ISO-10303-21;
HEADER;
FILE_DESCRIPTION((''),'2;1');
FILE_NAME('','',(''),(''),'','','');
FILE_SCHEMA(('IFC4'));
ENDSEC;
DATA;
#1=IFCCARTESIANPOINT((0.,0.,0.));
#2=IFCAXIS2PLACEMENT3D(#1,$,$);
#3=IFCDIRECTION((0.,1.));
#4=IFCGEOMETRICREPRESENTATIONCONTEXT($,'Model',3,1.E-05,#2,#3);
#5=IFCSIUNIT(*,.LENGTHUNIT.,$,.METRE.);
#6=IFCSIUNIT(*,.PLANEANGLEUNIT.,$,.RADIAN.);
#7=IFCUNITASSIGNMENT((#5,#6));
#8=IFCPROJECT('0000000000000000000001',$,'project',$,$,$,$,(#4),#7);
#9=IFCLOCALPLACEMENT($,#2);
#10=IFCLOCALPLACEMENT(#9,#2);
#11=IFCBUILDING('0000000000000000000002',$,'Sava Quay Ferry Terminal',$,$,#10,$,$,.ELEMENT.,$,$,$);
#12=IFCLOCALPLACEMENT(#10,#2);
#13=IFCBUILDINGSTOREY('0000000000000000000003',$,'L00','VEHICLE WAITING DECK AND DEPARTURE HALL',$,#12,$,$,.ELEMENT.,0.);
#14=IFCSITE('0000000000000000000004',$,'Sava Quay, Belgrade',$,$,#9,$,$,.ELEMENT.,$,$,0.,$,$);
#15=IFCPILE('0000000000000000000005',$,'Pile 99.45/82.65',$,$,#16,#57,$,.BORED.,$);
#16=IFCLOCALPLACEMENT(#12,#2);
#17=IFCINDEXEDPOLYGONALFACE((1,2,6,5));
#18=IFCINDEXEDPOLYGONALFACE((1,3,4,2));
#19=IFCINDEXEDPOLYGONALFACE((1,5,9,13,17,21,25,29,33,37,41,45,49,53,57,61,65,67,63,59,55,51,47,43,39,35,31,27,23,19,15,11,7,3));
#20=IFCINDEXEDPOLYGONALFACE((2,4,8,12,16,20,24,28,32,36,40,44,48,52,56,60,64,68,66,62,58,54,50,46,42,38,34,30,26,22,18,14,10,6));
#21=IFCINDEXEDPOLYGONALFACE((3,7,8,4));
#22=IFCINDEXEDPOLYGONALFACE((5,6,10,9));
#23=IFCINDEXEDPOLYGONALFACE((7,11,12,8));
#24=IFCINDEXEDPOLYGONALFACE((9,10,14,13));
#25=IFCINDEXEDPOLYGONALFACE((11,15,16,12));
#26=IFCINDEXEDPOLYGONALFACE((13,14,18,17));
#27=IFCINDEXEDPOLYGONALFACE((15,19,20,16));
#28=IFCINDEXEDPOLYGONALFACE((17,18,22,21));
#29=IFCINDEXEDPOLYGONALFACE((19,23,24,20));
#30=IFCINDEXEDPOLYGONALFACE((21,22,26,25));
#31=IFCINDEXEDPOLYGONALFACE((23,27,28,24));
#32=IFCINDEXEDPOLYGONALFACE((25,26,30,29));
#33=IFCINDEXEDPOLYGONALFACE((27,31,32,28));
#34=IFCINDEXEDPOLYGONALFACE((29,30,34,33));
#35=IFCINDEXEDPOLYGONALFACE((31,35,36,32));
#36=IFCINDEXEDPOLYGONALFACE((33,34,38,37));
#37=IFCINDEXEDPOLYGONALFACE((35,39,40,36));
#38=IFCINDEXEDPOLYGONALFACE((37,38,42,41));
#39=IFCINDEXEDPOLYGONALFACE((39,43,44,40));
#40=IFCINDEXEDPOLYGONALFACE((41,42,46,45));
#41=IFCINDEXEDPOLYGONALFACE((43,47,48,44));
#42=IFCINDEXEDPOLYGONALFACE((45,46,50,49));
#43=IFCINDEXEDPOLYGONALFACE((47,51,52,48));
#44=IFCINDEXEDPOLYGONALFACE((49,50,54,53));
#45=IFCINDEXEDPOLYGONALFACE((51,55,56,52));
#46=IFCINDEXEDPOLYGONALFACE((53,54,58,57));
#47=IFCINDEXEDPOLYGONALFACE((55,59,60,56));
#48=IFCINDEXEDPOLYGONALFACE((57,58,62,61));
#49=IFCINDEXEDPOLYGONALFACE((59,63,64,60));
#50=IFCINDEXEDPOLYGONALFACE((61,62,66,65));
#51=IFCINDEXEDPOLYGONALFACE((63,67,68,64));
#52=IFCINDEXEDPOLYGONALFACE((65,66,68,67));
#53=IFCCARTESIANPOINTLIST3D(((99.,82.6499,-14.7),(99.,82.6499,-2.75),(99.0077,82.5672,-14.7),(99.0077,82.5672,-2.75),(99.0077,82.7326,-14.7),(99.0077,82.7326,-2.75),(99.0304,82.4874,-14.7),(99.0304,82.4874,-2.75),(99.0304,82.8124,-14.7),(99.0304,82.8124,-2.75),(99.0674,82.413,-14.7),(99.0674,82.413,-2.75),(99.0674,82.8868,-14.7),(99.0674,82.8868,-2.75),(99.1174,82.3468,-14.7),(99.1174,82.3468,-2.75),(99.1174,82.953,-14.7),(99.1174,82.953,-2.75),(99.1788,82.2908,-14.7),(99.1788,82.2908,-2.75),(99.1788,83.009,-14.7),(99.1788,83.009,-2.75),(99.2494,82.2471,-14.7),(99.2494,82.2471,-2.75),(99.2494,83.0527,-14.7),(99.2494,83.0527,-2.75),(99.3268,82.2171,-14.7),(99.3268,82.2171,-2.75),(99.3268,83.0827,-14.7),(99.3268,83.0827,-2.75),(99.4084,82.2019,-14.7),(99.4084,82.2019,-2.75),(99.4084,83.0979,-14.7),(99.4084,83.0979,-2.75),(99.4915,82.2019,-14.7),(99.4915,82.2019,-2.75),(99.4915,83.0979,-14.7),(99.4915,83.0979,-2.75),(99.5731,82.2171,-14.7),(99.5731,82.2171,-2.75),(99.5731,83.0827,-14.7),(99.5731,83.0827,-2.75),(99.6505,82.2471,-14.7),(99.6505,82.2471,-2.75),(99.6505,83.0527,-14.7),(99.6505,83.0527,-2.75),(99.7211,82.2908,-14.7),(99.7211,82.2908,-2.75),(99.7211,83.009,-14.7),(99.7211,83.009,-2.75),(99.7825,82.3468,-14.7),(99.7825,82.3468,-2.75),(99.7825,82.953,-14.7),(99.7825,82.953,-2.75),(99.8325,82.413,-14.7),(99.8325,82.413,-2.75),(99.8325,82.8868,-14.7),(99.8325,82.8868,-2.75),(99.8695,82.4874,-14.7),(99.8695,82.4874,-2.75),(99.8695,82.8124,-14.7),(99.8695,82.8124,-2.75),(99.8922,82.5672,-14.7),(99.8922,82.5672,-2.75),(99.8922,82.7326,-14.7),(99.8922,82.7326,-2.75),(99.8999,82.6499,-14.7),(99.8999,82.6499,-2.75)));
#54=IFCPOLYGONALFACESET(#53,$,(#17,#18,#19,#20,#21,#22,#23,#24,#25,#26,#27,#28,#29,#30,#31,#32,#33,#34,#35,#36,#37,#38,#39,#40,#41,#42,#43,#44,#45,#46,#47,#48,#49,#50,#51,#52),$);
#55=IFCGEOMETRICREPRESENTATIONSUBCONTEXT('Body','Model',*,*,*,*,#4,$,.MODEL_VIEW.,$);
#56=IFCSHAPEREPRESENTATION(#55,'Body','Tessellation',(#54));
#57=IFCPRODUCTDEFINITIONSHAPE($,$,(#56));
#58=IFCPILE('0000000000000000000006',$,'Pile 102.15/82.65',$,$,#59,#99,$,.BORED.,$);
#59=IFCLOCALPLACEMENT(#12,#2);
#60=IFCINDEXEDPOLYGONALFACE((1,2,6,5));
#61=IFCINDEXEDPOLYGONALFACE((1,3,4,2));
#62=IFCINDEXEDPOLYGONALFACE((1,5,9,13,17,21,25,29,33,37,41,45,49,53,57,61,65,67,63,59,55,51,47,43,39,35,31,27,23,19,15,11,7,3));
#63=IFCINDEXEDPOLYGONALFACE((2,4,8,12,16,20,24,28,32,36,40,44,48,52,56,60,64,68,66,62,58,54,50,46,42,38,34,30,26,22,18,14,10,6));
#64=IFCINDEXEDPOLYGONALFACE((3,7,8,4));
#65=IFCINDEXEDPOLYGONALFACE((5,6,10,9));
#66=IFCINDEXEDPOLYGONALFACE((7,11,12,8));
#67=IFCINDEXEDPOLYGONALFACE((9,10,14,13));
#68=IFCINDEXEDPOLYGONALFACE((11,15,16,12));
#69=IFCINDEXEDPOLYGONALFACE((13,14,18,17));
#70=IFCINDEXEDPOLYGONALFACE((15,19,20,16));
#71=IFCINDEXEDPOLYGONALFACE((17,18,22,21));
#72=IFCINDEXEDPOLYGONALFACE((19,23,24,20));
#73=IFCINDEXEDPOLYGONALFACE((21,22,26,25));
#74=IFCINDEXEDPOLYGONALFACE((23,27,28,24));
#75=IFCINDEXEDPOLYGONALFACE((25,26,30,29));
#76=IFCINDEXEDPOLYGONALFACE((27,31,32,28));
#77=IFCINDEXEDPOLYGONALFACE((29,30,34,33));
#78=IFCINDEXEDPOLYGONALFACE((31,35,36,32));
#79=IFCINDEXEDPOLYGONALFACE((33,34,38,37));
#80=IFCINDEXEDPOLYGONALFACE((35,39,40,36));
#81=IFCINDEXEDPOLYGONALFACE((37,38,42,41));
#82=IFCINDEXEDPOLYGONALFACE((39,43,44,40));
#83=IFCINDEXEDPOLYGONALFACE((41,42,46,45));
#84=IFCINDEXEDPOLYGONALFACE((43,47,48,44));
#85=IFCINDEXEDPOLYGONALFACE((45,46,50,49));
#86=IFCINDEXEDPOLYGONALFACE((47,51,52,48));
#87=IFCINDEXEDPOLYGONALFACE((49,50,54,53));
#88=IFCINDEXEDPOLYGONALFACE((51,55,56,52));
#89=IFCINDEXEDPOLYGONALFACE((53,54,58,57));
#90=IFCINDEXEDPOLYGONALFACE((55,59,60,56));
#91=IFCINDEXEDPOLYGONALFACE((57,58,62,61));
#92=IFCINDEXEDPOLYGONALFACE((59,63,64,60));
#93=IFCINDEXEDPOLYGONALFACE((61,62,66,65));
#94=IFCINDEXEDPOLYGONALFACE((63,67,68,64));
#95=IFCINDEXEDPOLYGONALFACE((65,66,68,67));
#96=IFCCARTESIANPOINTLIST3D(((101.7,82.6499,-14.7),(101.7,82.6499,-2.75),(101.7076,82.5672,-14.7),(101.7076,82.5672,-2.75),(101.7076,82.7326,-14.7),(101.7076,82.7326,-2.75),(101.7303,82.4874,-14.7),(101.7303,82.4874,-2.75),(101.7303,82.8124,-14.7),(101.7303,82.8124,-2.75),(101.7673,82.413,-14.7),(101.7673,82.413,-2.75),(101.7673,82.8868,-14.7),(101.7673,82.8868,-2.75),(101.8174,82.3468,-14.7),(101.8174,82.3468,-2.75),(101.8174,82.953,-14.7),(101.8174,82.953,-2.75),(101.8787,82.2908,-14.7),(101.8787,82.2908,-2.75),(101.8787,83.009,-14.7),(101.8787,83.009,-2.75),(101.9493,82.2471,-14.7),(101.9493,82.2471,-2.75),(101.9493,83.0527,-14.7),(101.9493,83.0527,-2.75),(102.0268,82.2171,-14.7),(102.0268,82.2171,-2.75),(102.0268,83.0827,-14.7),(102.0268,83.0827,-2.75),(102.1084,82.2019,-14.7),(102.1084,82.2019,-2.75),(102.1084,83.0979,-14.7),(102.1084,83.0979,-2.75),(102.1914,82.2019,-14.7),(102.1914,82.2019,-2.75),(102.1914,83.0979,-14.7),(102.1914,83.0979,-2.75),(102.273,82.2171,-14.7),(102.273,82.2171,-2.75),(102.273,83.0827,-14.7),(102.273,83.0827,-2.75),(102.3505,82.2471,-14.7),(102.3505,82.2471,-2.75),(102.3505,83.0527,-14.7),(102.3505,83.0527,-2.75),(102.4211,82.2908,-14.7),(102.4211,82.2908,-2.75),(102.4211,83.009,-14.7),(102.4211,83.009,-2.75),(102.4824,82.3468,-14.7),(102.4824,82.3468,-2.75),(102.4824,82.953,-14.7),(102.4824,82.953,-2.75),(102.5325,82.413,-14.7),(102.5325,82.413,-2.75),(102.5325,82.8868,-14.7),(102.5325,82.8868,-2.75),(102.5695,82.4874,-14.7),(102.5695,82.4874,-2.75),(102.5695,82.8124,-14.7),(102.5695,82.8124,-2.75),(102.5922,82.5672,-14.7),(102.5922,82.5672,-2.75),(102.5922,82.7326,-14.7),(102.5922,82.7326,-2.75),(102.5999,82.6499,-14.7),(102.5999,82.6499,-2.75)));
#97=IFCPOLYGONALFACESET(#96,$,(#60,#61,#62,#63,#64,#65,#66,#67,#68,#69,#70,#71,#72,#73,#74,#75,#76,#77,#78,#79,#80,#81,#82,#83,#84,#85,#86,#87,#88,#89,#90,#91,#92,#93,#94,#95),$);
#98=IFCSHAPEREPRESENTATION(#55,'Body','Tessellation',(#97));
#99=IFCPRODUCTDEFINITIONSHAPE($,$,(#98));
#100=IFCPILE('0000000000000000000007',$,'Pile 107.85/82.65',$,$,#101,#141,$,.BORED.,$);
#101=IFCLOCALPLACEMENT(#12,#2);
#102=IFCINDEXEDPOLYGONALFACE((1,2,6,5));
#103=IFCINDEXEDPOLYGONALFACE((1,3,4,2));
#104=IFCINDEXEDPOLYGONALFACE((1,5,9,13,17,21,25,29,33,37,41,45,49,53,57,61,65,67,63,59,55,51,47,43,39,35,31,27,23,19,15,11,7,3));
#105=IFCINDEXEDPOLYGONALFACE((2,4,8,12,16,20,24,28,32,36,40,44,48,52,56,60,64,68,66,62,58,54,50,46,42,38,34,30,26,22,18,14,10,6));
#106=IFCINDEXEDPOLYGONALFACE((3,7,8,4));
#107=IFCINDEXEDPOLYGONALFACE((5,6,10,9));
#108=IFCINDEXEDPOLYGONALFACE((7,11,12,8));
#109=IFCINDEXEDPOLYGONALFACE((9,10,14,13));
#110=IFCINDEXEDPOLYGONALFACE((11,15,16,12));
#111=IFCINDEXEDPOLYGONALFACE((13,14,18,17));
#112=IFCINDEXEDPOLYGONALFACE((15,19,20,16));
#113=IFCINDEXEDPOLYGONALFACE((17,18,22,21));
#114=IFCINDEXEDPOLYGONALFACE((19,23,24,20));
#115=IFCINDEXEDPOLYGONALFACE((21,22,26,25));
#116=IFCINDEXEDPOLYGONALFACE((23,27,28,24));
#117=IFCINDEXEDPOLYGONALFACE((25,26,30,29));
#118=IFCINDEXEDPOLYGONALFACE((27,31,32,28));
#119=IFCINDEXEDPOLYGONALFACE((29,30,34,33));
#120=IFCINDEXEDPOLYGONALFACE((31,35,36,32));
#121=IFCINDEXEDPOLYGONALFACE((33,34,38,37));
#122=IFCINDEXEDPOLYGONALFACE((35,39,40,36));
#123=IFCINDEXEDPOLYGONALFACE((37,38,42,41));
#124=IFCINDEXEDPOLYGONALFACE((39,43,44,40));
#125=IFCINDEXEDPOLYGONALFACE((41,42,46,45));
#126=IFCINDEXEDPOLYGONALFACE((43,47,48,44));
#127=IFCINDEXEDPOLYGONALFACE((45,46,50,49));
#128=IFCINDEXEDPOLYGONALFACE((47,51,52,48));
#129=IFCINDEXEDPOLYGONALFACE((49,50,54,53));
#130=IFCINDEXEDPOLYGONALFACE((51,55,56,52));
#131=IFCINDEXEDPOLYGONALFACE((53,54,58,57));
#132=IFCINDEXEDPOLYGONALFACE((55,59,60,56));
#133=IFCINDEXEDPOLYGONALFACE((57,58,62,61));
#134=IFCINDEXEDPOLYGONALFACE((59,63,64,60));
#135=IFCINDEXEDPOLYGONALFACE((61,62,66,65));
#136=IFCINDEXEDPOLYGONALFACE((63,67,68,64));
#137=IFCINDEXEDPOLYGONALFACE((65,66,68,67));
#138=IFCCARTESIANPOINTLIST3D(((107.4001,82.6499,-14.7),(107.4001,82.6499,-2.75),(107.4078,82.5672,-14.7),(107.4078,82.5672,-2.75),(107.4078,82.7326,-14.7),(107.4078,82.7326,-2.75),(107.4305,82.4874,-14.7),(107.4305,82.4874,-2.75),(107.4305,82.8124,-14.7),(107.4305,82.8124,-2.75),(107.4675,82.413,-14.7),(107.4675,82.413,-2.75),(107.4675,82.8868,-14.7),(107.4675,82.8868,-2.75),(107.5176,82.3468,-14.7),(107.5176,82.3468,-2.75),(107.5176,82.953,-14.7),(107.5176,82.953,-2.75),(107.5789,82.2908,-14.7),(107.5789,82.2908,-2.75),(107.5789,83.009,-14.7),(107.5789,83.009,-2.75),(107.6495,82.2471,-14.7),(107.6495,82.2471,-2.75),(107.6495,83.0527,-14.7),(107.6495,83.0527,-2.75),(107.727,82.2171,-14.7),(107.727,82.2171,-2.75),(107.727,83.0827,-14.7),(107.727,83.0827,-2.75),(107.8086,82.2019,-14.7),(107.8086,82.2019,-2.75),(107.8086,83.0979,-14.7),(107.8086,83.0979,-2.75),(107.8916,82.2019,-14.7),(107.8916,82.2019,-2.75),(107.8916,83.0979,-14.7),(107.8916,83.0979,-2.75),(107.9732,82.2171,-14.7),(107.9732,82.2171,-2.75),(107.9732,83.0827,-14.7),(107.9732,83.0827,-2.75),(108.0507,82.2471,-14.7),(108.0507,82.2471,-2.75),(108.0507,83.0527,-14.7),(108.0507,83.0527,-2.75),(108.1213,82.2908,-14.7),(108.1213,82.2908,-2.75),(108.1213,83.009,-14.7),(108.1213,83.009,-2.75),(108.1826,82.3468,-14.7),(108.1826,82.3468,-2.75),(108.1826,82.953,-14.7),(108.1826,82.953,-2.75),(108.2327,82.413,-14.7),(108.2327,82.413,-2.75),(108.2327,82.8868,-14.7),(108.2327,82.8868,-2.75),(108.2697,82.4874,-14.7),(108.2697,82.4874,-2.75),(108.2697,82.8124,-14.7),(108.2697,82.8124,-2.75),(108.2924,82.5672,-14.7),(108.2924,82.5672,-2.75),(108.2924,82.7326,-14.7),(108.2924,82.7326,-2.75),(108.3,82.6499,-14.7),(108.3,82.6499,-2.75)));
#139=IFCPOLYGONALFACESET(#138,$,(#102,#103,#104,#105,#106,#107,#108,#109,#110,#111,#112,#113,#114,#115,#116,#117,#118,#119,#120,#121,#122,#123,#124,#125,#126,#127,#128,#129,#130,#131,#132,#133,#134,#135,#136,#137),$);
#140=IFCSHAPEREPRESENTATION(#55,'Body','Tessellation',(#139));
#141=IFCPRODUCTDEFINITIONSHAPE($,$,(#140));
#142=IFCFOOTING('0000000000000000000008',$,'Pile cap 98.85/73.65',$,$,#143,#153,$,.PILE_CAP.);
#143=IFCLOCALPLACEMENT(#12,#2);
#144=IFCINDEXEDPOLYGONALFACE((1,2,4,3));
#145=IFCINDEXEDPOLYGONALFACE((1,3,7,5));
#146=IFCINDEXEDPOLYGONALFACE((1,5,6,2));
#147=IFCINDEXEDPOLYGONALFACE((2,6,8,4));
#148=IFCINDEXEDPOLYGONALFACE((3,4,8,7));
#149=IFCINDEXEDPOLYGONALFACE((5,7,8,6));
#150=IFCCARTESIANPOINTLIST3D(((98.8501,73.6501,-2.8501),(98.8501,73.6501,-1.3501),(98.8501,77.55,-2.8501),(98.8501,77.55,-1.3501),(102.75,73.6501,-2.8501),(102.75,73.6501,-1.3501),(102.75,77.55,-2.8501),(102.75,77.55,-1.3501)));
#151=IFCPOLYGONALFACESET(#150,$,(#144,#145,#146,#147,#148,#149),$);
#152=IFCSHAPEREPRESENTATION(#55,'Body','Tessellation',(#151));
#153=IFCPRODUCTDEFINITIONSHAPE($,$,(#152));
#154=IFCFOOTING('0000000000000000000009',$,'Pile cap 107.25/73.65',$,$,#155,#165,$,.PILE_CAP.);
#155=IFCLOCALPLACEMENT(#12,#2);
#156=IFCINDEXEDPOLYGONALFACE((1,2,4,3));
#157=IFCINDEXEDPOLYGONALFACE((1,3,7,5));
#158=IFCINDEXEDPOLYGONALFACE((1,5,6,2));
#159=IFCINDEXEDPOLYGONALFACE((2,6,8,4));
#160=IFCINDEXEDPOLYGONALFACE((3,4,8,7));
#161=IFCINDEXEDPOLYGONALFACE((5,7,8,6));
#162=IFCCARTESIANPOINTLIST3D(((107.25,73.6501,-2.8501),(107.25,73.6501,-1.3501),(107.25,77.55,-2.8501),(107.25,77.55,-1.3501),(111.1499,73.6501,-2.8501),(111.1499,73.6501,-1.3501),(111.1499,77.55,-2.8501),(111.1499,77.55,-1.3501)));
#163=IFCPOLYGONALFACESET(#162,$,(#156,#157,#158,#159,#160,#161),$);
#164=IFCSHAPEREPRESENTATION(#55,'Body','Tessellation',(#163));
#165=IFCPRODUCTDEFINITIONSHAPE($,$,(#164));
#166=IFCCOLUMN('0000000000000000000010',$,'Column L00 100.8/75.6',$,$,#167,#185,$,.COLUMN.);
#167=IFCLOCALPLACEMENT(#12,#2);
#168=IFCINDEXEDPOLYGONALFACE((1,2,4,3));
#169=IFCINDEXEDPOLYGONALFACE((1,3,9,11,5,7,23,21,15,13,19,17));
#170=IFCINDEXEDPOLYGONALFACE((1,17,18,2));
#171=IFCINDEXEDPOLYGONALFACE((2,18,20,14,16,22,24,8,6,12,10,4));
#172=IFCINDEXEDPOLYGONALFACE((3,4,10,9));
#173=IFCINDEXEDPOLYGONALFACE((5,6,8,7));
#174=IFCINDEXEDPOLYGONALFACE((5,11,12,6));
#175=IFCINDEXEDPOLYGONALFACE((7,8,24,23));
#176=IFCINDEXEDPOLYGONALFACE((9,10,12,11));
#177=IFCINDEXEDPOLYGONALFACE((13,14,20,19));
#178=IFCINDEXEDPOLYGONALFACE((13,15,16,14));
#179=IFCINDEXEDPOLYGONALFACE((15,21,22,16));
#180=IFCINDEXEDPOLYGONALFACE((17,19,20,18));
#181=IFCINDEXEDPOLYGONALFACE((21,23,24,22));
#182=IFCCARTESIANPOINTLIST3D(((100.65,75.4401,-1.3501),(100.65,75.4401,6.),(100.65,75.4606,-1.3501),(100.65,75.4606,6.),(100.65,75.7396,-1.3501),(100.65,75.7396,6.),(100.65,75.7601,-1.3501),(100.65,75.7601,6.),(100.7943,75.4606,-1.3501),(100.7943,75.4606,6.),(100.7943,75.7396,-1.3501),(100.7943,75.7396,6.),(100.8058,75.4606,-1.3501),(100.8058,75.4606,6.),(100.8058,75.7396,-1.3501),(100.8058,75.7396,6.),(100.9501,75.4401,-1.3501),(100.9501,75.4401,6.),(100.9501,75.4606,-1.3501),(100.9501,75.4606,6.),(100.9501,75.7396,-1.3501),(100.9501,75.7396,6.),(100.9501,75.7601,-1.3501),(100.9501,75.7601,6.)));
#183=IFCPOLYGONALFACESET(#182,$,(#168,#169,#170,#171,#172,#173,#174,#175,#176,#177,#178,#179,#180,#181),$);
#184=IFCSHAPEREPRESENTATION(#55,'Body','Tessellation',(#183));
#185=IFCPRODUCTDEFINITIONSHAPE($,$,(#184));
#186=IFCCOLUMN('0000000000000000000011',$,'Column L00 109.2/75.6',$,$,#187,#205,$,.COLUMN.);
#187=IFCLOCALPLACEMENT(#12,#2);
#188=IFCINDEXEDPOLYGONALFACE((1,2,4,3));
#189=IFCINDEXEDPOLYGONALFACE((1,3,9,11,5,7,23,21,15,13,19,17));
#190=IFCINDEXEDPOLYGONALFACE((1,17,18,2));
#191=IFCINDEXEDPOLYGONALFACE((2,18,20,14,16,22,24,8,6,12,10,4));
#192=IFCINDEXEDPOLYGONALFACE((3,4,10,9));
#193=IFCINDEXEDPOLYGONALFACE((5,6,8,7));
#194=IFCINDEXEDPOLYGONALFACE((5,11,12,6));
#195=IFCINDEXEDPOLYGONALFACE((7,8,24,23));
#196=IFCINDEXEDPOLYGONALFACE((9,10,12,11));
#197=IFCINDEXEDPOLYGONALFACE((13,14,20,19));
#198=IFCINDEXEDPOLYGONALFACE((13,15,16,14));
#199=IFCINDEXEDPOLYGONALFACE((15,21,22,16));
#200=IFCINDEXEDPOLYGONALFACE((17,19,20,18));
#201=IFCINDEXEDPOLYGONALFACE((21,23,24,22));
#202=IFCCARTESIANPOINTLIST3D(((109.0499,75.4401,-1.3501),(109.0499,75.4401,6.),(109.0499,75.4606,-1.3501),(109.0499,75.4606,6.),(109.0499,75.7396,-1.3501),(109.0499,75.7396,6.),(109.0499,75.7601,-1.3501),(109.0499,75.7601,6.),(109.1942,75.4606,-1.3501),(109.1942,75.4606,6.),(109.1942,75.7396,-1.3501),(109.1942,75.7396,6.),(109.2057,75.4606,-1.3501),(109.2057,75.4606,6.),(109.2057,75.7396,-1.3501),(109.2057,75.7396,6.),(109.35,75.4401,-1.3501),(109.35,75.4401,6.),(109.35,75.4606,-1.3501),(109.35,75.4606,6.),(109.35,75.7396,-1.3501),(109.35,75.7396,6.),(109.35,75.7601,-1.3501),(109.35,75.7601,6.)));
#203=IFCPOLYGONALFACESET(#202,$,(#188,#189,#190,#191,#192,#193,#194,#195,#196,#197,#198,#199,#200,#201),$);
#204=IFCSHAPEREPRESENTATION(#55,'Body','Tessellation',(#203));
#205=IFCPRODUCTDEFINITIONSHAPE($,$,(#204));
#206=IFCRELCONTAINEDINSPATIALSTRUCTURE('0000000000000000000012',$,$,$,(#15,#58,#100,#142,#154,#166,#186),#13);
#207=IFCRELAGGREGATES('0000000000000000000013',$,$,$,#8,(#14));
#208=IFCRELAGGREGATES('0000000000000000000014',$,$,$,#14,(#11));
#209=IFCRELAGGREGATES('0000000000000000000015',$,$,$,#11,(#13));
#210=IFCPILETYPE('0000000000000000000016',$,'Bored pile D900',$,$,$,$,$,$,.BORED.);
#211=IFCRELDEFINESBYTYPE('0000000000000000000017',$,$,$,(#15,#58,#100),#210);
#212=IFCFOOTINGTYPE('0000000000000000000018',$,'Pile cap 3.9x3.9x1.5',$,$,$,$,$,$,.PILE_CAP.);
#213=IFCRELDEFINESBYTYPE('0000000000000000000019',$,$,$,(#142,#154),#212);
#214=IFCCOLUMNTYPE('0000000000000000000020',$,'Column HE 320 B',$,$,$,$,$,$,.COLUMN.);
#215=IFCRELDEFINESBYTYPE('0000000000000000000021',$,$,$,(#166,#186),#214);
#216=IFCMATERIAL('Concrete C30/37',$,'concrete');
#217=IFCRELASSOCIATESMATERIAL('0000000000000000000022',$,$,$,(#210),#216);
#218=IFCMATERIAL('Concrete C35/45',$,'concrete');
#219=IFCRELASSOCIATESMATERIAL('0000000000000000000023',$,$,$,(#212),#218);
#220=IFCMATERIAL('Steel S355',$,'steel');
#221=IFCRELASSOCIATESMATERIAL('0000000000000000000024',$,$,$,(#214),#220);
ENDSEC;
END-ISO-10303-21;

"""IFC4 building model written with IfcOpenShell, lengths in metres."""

from ifc_helpers import new_model, si_unit, direction, frame, origin, origin_2d, place, context, subcontext, project, spatial, rectangle, circle, i_section, extrude, material, material_profile, profile_set, type_object, element, save


model = new_model("IFC4")

# Units and contexts
model_context = context("Model", 3, precision=1e-05, world=origin(), true_north=direction((0.0, 1.0)))
body_context = subcontext(model_context, "Body", "Model", "MODEL_VIEW")
ifc_project = project(units=[si_unit("LENGTHUNIT", "METRE"), si_unit("PLANEANGLEUNIT", "RADIAN")], contexts=[model_context])

# Site, building, storey
site_placement = place(None, origin())
site = spatial("IfcSite", under=ifc_project, at=site_placement, Name="Sava Quay, Belgrade", CompositionType="ELEMENT", RefElevation=0.0)
building_placement = place(site_placement, origin())
building = spatial("IfcBuilding", under=site, at=building_placement, Name="Sava Quay Ferry Terminal", CompositionType="ELEMENT")
storey_placement = place(building_placement, origin())
storey = spatial("IfcBuildingStorey", under=building, at=storey_placement, Name="L00", Description="VEHICLE WAITING DECK AND DEPARTURE HALL", CompositionType="ELEMENT", Elevation=0.0)

# Piles
ifc_material_1 = material(Name="Concrete C30/37", Category="concrete")
ifc_material_profile_1 = material_profile(ifc_material_1, circle(Radius=0.45, at=origin_2d()), Name="Bored pile D900")
ifc_profile_set_1 = profile_set([ifc_material_profile_1], Name="Concrete C30/37")
pile_type = type_object("IfcPileType", Name="Bored pile D900", PredefinedType="BORED", material=ifc_profile_set_1)
for number, where, z_axis, x_axis, name in (
    (1, (99.45, 82.6499, -2.75), (0.0, 0.0, -1.0), (1.0, 0.0, 0.0), "Pile 99.45/82.65"),
    (2, (102.1499, 82.6499, -2.75), (0.0, 0.0, -1.0), (1.0, 0.0, 0.0), "Pile 102.15/82.65"),
    (3, (107.8501, 82.6499, -2.75), (0.0, 0.0, -1.0), (1.0, 0.0, 0.0), "Pile 107.85/82.65"),
):
    element("IfcPile", number, at=place(storey_placement, frame(where, z_axis=z_axis, x_axis=x_axis)), inside=storey, type_object=pile_type, Name=name, PredefinedType="BORED", context=body_context, shape_type="SweptSolid", body=[
        extrude(circle(Radius=0.45, at=origin_2d()), origin(), (0.0, 0.0, 1.0), 11.95),
    ])

# Footings
ifc_material_2 = material(Name="Concrete C35/45", Category="concrete")
footing_type = type_object("IfcFootingType", Name="Pile cap 3.9x3.9x1.5", PredefinedType="PILE_CAP", material=ifc_material_2)
for number, where, z_axis, x_axis, name in (
    (4, (100.8, 75.6001, -2.8501), (0.0, 0.0, 1.0), (1.0, 0.0, 0.0), "Pile cap 98.85/73.65"),
    (5, (109.2, 75.6001, -2.8501), (0.0, 0.0, 1.0), (1.0, 0.0, 0.0), "Pile cap 107.25/73.65"),
):
    element("IfcFooting", number, at=place(storey_placement, frame(where, z_axis=z_axis, x_axis=x_axis)), inside=storey, type_object=footing_type, Name=name, PredefinedType="PILE_CAP", context=body_context, shape_type="SweptSolid", body=[
        extrude(rectangle(XDim=3.8999, YDim=3.8999, at=origin_2d()), origin(), (0.0, 0.0, 1.0), 1.5),
    ])

# Columns
ifc_material_3 = material(Name="Steel S355", Category="steel")
ifc_material_profile_2 = material_profile(ifc_material_3, i_section(OverallWidth=0.3, OverallDepth=0.3201, WebThickness=0.0115, FlangeThickness=0.0205, at=origin_2d()), Name="HE 320 B")
ifc_profile_set_2 = profile_set([ifc_material_profile_2], Name="Steel S355")
column_type = type_object("IfcColumnType", Name="Column HE 320 B", PredefinedType="COLUMN", material=ifc_profile_set_2)
for number, where, z_axis, x_axis, name in (
    (6, (100.8, 75.6001, -1.3501), (0.0, 0.0, 1.0), (1.0, 0.0, 0.0), "Column L00 100.8/75.6"),
    (7, (109.2, 75.6001, -1.3501), (0.0, 0.0, 1.0), (1.0, 0.0, 0.0), "Column L00 109.2/75.6"),
):
    element("IfcColumn", number, at=place(storey_placement, frame(where, z_axis=z_axis, x_axis=x_axis)), inside=storey, type_object=column_type, Name=name, PredefinedType="COLUMN", context=body_context, shape_type="SweptSolid", body=[
        extrude(i_section(OverallWidth=0.3, OverallDepth=0.3201, WebThickness=0.0115, FlangeThickness=0.0205, at=origin_2d()), origin(), (0.0, 0.0, 1.0), 7.3501),
    ])

save(model, "model.ifc")
